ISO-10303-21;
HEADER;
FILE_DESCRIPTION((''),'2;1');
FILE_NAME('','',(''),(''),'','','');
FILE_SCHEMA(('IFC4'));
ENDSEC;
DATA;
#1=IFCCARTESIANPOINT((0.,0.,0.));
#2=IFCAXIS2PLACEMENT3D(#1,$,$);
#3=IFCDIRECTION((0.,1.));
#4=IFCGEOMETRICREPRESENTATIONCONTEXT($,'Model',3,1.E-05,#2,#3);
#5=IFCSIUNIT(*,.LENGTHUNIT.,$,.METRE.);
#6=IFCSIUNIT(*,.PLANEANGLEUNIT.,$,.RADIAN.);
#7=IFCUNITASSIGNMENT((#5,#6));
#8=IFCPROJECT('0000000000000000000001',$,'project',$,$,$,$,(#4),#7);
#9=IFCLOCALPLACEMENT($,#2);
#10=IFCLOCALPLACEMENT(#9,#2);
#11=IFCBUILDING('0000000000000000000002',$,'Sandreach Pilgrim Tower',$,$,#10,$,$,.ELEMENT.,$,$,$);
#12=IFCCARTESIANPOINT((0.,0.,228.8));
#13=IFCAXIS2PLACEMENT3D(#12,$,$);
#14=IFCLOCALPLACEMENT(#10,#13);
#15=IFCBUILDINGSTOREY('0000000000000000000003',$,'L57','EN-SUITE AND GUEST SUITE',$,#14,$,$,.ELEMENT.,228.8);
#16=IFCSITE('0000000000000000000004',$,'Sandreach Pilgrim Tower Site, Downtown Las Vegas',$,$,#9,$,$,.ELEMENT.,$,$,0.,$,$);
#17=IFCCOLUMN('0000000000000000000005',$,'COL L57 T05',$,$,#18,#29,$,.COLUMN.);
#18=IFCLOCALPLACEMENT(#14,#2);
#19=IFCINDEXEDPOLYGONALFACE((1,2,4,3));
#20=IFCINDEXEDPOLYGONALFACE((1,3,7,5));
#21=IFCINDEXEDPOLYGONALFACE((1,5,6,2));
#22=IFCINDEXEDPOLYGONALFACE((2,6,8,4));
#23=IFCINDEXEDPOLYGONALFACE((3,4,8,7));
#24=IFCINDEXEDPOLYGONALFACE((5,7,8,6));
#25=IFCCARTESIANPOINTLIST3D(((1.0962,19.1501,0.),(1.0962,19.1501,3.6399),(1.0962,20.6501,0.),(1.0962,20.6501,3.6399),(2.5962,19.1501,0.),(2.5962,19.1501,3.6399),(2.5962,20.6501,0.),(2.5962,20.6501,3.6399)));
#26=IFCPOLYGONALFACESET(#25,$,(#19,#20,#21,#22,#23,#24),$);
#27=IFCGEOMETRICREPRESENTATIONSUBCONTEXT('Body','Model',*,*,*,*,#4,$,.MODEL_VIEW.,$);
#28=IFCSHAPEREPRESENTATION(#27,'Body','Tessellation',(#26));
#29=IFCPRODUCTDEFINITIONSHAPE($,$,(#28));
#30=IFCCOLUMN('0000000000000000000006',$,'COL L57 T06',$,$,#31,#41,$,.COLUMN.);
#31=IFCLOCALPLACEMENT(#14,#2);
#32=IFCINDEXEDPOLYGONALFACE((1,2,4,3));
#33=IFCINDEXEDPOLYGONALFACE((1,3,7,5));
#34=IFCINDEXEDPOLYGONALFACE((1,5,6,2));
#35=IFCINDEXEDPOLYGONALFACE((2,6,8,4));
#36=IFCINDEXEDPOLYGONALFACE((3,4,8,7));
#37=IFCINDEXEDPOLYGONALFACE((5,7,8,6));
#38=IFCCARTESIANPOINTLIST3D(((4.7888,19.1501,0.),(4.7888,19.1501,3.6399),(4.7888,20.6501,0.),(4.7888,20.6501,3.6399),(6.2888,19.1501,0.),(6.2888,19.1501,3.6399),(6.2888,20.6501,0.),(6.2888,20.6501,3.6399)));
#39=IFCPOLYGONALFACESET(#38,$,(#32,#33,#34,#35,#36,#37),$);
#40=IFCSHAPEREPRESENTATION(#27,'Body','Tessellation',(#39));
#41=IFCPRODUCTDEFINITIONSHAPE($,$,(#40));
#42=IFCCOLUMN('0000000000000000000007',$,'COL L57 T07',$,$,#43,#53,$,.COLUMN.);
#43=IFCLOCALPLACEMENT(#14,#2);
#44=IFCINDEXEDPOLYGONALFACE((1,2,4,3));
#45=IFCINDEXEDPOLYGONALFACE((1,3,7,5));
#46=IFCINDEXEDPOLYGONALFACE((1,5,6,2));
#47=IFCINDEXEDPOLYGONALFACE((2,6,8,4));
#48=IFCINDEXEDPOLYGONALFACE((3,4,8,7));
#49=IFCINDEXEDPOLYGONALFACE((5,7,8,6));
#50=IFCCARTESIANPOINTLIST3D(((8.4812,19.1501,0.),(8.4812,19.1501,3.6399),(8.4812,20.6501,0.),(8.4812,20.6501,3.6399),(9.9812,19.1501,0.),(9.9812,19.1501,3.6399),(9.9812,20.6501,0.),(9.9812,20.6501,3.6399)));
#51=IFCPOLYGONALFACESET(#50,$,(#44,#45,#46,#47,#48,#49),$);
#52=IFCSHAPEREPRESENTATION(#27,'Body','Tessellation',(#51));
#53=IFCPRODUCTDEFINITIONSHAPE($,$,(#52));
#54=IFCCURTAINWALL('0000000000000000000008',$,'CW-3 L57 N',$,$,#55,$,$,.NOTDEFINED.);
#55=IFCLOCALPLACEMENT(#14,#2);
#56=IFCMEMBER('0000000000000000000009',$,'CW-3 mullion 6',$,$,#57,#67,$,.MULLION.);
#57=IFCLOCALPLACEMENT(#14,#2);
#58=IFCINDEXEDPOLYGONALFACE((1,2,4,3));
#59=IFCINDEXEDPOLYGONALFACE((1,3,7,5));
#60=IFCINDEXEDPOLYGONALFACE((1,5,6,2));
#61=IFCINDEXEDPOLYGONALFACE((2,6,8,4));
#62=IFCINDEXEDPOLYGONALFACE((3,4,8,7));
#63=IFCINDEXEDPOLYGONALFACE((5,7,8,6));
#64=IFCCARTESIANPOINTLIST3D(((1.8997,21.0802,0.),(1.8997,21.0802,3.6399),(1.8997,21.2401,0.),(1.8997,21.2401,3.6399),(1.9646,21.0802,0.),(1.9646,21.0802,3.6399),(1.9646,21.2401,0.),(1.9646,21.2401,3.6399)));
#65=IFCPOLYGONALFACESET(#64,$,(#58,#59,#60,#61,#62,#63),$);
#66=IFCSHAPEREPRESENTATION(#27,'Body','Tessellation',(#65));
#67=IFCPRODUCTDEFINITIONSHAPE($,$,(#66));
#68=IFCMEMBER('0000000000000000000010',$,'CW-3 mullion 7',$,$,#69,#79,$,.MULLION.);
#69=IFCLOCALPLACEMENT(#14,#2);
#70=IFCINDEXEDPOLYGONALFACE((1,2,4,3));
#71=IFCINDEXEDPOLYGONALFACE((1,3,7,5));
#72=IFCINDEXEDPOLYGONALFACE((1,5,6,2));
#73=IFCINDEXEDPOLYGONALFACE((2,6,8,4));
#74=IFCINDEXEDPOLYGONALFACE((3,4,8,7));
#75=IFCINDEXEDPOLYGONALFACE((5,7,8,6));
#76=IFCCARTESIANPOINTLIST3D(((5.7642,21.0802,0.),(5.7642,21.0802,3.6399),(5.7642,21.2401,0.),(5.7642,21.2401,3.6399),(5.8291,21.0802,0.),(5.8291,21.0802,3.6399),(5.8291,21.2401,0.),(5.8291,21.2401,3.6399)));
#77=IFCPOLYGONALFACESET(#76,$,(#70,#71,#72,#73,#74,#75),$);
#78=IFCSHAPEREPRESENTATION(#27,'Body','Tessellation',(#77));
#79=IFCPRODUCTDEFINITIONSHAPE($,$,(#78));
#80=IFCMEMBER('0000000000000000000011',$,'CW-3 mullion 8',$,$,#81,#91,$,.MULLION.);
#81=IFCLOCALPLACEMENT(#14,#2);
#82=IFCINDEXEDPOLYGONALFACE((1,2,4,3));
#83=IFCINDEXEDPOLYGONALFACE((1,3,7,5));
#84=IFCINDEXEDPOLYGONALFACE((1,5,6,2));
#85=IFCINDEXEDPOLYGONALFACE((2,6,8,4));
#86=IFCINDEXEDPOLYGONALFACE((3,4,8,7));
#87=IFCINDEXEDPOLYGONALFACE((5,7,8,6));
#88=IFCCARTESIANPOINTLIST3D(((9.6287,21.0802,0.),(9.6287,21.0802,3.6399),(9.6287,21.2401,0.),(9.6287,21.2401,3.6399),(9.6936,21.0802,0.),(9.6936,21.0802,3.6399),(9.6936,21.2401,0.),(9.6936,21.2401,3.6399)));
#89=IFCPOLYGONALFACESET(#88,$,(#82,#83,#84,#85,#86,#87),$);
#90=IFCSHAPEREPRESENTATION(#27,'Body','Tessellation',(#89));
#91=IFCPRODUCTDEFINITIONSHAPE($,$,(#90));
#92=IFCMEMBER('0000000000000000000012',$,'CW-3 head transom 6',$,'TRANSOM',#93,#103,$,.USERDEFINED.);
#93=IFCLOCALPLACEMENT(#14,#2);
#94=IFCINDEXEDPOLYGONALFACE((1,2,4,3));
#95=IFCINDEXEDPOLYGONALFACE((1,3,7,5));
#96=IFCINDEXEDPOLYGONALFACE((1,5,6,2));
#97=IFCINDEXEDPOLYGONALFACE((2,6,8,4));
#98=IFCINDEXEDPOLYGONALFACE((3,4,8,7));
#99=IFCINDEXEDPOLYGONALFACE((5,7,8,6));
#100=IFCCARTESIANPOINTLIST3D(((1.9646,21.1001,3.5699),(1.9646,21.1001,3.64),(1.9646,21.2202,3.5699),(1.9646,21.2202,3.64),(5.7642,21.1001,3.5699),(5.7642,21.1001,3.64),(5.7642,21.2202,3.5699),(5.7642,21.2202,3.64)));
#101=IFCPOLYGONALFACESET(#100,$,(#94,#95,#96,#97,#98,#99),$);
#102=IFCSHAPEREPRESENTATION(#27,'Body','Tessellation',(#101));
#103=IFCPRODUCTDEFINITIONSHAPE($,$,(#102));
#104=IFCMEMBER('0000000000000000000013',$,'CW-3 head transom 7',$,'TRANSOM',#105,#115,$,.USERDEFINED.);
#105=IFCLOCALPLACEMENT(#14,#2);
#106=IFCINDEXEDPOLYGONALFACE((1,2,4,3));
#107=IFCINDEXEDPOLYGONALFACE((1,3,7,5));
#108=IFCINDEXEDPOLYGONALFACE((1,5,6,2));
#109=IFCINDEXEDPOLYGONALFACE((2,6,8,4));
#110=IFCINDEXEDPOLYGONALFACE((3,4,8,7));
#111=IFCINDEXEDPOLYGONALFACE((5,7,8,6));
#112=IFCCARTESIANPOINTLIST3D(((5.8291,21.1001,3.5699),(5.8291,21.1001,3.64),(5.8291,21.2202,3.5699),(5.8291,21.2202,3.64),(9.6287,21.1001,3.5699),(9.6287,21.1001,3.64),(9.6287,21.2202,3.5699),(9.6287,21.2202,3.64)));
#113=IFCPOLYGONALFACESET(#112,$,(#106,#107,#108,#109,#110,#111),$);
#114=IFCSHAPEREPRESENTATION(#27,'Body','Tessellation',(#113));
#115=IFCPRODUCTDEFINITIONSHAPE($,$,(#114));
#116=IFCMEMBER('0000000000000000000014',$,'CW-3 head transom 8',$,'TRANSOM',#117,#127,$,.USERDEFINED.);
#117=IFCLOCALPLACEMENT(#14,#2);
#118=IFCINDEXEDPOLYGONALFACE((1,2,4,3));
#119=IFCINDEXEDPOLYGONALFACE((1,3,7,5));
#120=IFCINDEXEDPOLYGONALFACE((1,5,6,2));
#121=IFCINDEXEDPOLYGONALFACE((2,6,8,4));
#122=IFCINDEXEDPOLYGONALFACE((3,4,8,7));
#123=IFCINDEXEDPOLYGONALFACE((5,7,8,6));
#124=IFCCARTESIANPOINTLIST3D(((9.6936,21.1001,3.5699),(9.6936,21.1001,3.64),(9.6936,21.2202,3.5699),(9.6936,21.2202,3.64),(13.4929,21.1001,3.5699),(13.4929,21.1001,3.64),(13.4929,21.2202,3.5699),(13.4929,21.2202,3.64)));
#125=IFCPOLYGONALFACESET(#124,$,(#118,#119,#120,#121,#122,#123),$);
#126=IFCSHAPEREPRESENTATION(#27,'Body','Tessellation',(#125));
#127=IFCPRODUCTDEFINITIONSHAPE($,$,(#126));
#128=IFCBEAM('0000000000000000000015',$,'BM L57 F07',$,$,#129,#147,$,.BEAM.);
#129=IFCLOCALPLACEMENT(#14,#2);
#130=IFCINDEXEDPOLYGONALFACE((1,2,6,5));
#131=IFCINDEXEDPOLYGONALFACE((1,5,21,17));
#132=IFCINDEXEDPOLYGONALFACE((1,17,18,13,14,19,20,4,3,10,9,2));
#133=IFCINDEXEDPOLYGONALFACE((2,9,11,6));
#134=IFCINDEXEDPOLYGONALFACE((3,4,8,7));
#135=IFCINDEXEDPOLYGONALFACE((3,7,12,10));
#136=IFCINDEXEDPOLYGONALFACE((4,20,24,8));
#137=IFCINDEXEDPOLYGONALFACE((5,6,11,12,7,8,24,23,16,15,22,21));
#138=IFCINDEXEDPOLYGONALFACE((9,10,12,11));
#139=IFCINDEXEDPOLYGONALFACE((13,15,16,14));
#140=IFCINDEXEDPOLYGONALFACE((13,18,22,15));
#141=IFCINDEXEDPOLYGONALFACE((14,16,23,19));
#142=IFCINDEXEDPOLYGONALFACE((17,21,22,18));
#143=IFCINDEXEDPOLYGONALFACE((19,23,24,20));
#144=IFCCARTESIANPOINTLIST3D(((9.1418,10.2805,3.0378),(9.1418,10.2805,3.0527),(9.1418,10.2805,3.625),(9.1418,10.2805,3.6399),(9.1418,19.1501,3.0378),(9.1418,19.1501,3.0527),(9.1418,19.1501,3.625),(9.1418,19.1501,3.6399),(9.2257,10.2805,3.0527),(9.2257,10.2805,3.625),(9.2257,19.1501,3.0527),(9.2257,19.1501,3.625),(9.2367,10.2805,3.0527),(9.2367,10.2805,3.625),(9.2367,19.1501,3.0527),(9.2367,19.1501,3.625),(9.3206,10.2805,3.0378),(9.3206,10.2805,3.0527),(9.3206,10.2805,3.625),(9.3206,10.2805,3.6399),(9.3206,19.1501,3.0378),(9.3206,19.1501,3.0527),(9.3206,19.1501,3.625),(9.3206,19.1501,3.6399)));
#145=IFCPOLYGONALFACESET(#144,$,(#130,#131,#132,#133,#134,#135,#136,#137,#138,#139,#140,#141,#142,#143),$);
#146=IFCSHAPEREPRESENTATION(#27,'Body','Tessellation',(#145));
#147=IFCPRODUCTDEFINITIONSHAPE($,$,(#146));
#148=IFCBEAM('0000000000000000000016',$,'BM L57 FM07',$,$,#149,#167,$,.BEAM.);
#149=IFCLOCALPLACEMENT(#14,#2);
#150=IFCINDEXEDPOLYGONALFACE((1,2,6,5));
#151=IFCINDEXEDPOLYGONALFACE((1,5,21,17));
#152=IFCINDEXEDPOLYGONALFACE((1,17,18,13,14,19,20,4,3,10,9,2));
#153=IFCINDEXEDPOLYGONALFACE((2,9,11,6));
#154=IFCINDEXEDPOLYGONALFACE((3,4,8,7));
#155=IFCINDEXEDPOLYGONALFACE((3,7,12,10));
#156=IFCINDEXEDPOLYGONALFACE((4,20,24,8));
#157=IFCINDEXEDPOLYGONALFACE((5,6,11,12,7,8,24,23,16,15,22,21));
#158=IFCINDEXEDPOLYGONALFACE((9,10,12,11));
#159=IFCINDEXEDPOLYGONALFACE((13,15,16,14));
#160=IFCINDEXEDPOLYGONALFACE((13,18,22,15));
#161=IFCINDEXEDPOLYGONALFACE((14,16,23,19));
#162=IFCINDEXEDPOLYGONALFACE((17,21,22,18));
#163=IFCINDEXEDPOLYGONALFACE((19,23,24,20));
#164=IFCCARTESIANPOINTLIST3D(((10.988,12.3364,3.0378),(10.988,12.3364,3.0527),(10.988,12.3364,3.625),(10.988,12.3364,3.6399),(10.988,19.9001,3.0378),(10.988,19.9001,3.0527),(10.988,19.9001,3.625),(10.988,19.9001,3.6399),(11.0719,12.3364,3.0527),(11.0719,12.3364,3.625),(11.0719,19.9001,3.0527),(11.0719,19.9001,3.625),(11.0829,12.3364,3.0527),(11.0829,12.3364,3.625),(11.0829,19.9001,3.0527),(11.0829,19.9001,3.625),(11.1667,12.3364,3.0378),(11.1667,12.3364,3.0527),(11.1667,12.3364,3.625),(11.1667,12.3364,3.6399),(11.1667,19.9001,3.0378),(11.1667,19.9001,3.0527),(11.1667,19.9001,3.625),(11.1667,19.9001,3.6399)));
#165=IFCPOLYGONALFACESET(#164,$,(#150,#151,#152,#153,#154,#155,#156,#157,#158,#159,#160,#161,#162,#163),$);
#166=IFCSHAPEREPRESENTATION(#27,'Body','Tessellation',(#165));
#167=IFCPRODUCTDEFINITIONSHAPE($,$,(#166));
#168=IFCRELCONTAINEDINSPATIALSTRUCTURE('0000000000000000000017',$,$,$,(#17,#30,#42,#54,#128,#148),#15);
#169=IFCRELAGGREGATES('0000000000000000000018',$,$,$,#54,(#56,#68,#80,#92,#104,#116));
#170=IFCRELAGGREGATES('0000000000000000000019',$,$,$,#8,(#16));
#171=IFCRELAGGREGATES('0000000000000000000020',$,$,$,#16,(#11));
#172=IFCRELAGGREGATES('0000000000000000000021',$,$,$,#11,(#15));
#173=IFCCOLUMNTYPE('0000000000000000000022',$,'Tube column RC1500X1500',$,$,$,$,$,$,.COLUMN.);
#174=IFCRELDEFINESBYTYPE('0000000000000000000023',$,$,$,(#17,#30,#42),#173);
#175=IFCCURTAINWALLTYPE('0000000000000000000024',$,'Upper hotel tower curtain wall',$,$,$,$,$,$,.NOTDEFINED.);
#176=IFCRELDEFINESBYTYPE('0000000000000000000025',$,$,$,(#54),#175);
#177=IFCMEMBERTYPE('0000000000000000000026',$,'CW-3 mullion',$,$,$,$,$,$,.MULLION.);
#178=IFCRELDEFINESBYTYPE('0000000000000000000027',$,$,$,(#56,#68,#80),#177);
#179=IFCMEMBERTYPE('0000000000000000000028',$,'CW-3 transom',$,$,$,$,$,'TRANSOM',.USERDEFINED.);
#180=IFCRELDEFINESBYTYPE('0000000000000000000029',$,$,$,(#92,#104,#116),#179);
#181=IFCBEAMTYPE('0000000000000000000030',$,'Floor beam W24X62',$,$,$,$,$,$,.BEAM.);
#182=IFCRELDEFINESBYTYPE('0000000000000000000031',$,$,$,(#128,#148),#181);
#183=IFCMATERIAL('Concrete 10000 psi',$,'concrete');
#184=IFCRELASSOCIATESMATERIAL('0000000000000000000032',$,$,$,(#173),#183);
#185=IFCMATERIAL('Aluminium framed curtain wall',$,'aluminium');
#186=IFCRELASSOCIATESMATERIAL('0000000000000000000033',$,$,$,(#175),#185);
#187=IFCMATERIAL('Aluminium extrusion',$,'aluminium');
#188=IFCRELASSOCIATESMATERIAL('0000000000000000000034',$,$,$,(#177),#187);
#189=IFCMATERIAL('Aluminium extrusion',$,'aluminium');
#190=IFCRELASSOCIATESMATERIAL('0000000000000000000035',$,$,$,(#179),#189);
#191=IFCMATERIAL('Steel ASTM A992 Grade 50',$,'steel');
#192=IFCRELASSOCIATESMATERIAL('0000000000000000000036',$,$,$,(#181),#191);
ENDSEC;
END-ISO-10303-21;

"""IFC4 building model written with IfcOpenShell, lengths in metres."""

from ifc_helpers import new_model, si_unit, direction, frame, origin, origin_2d, place, context, subcontext, project, spatial, rectangle, i_section, extrude, clip, halfspace, material, material_profile, profile_set, type_object, element, aggregate, save


model = new_model("IFC4")

# Units and contexts
model_context = context("Model", 3, precision=1e-05, world=origin(), true_north=direction((0.0, 1.0)))
body_context = subcontext(model_context, "Body", "Model", "MODEL_VIEW")
ifc_project = project(units=[si_unit("LENGTHUNIT", "METRE"), si_unit("PLANEANGLEUNIT", "RADIAN")], contexts=[model_context])

# Site, building, storey
site_placement = place(None, origin())
site = spatial("IfcSite", under=ifc_project, at=site_placement, Name="Sandreach Pilgrim Tower Site, Downtown Las Vegas", CompositionType="ELEMENT", RefElevation=0.0)
building_placement = place(site_placement, origin())
building = spatial("IfcBuilding", under=site, at=building_placement, Name="Sandreach Pilgrim Tower", CompositionType="ELEMENT")
storey_placement = place(building_placement, frame((0.0, 0.0, 228.8)))
storey = spatial("IfcBuildingStorey", under=building, at=storey_placement, Name="L57", Description="EN-SUITE AND GUEST SUITE", CompositionType="ELEMENT", Elevation=228.8)

# Columns
ifc_material_1 = material(Name="Concrete 10000 psi", Category="concrete")
ifc_material_profile_1 = material_profile(ifc_material_1, rectangle(XDim=1.5, YDim=1.5, at=origin_2d()), Name="RC1500X1500")
ifc_profile_set_1 = profile_set([ifc_material_profile_1], Name="Concrete 10000 psi")
column_type = type_object("IfcColumnType", Name="Tube column RC1500X1500", PredefinedType="COLUMN", material=ifc_profile_set_1)
column_1_placement = place(storey_placement, frame((1.8462, 19.9001, 0.0), z_axis=(0.0, 0.0, 1.0), x_axis=(0.0, 1.0, 0.0)))
element("IfcColumn", 1, at=column_1_placement, inside=storey, type_object=column_type, Name="COL L57 T05", PredefinedType="COLUMN", context=body_context, shape_type="SweptSolid", body=[
    clip(extrude(rectangle(XDim=1.5, YDim=1.5, at=origin_2d()), origin(), (0.0, 0.0, 1.0), 3.7551), halfspace(frame((0.0, 0.0, 3.6399)), False)),
])
column_2_placement = place(storey_placement, frame((5.5388, 19.9001, 0.0), z_axis=(0.0, 0.0, 1.0), x_axis=(0.0, 1.0, 0.0)))
element("IfcColumn", 2, at=column_2_placement, inside=storey, type_object=column_type, Name="COL L57 T06", PredefinedType="COLUMN", context=body_context, shape_type="SweptSolid", body=[
    clip(extrude(rectangle(XDim=1.5, YDim=1.5, at=origin_2d()), origin(), (0.0, 0.0, 1.0), 3.7476), halfspace(frame((0.0, 0.0, 3.6399)), False)),
])
column_3_placement = place(storey_placement, frame((9.2312, 19.9001, 0.0), z_axis=(0.0, 0.0, 1.0), x_axis=(0.0, 1.0, 0.0)))
element("IfcColumn", 3, at=column_3_placement, inside=storey, type_object=column_type, Name="COL L57 T07", PredefinedType="COLUMN", context=body_context, shape_type="SweptSolid", body=[
    clip(extrude(rectangle(XDim=1.5, YDim=1.5, at=origin_2d()), origin(), (0.0, 0.0, 1.0), 3.74), halfspace(frame((0.0, 0.0, 3.6399)), False)),
])

# Curtain wall, members
ifc_material_2 = material(Name="Aluminium framed curtain wall", Category="aluminium")
curtain_wall_type = type_object("IfcCurtainWallType", Name="Upper hotel tower curtain wall", PredefinedType="NOTDEFINED", material=ifc_material_2)
curtain_wall_placement = place(storey_placement, origin())
curtain_wall = element("IfcCurtainWall", 4, at=curtain_wall_placement, inside=storey, type_object=curtain_wall_type, Name="CW-3 L57 N", PredefinedType="NOTDEFINED")
ifc_material_3 = material(Name="Aluminium extrusion", Category="aluminium")
ifc_material_profile_2 = material_profile(ifc_material_3, rectangle(XDim=0.0649, YDim=0.1599, at=origin_2d()), Name="CW-3M 65X160")
ifc_profile_set_2 = profile_set([ifc_material_profile_2], Name="Aluminium extrusion")
member_type_1 = type_object("IfcMemberType", Name="CW-3 mullion", PredefinedType="MULLION", material=ifc_profile_set_2)
member_1_placement = place(storey_placement, frame((1.9321, 21.1602, 0.0), z_axis=(0.0, 0.0, 1.0), x_axis=(1.0, 0.0, 0.0)))
member_1 = element("IfcMember", 5, at=member_1_placement, type_object=member_type_1, Name="CW-3 mullion 6", PredefinedType="MULLION", context=body_context, shape_type="SweptSolid", body=[
    extrude(rectangle(XDim=0.0649, YDim=0.1599, at=origin_2d()), origin(), (0.0, 0.0, 1.0), 3.6399),
])
member_2_placement = place(storey_placement, frame((5.7966, 21.1602, 0.0), z_axis=(0.0, 0.0, 1.0), x_axis=(1.0, 0.0, 0.0)))
member_2 = element("IfcMember", 6, at=member_2_placement, type_object=member_type_1, Name="CW-3 mullion 7", PredefinedType="MULLION", context=body_context, shape_type="SweptSolid", body=[
    extrude(rectangle(XDim=0.0649, YDim=0.1599, at=origin_2d()), origin(), (0.0, 0.0, 1.0), 3.6399),
])
member_3_placement = place(storey_placement, frame((9.6611, 21.1602, 0.0), z_axis=(0.0, 0.0, 1.0), x_axis=(1.0, 0.0, 0.0)))
member_3 = element("IfcMember", 7, at=member_3_placement, type_object=member_type_1, Name="CW-3 mullion 8", PredefinedType="MULLION", context=body_context, shape_type="SweptSolid", body=[
    extrude(rectangle(XDim=0.0649, YDim=0.1599, at=origin_2d()), origin(), (0.0, 0.0, 1.0), 3.6399),
])
ifc_material_4 = material(Name="Aluminium extrusion", Category="aluminium")
ifc_material_profile_3 = material_profile(ifc_material_4, rectangle(XDim=0.1201, YDim=0.0701, at=origin_2d()), Name="CW-3T 120X70")
ifc_profile_set_3 = profile_set([ifc_material_profile_3], Name="Aluminium extrusion")
member_type_2 = type_object("IfcMemberType", Name="CW-3 transom", ElementType="TRANSOM", PredefinedType="USERDEFINED", material=ifc_profile_set_3)
member_4_placement = place(storey_placement, frame((1.9646, 21.1602, 3.605), z_axis=(1.0, 0.0, 0.0), x_axis=(0.0, 1.0, 0.0)))
member_4 = element("IfcMember", 8, at=member_4_placement, type_object=member_type_2, Name="CW-3 head transom 6", ObjectType="TRANSOM", PredefinedType="USERDEFINED", context=body_context, shape_type="SweptSolid", body=[
    extrude(rectangle(XDim=0.1201, YDim=0.0701, at=origin_2d()), origin(), (0.0, 0.0, 1.0), 3.7996),
])
member_5_placement = place(storey_placement, frame((5.8291, 21.1602, 3.605), z_axis=(1.0, 0.0, 0.0), x_axis=(0.0, 1.0, 0.0)))
member_5 = element("IfcMember", 9, at=member_5_placement, type_object=member_type_2, Name="CW-3 head transom 7", ObjectType="TRANSOM", PredefinedType="USERDEFINED", context=body_context, shape_type="SweptSolid", body=[
    extrude(rectangle(XDim=0.1201, YDim=0.0701, at=origin_2d()), origin(), (0.0, 0.0, 1.0), 3.7996),
])
member_6_placement = place(storey_placement, frame((9.6936, 21.1602, 3.605), z_axis=(1.0, 0.0, 0.0), x_axis=(0.0, 1.0, 0.0)))
member_6 = element("IfcMember", 10, at=member_6_placement, type_object=member_type_2, Name="CW-3 head transom 8", ObjectType="TRANSOM", PredefinedType="USERDEFINED", context=body_context, shape_type="SweptSolid", body=[
    extrude(rectangle(XDim=0.1201, YDim=0.0701, at=origin_2d()), origin(), (0.0, 0.0, 1.0), 3.7993),
])

# Beams
ifc_material_5 = material(Name="Steel ASTM A992 Grade 50", Category="steel")
ifc_material_profile_4 = material_profile(ifc_material_5, i_section(OverallWidth=0.1787, OverallDepth=0.6021, WebThickness=0.011, FlangeThickness=0.0149, at=origin_2d()), Name="W24X62")
ifc_profile_set_4 = profile_set([ifc_material_profile_4], Name="Steel ASTM A992 Grade 50")
beam_type_1 = type_object("IfcBeamType", Name="Floor beam W24X62", PredefinedType="BEAM", material=ifc_profile_set_4)
beam_1_placement = place(storey_placement, frame((9.2312, 19.1501, 3.3389), z_axis=(0.0, -1.0, 0.0), x_axis=(1.0, 0.0, 0.0)))
element("IfcBeam", 11, at=beam_1_placement, inside=storey, type_object=beam_type_1, Name="BM L57 F07", PredefinedType="BEAM", context=body_context, shape_type="SweptSolid", body=[
    extrude(i_section(OverallWidth=0.1787, OverallDepth=0.6021, WebThickness=0.011, FlangeThickness=0.0149, at=origin_2d()), origin(), (0.0, 0.0, 1.0), 8.8696),
])
beam_2_placement = place(storey_placement, frame((11.0774, 19.9001, 3.3389), z_axis=(0.0, -1.0, 0.0), x_axis=(1.0, 0.0, 0.0)))
element("IfcBeam", 12, at=beam_2_placement, inside=storey, type_object=beam_type_1, Name="BM L57 FM07", PredefinedType="BEAM", context=body_context, shape_type="SweptSolid", body=[
    extrude(i_section(OverallWidth=0.1787, OverallDepth=0.6021, WebThickness=0.011, FlangeThickness=0.0149, at=origin_2d()), origin(), (0.0, 0.0, 1.0), 7.5637),
])

aggregate(curtain_wall, [member_1, member_2, member_3, member_4, member_5, member_6])

save(model, "model.ifc")
